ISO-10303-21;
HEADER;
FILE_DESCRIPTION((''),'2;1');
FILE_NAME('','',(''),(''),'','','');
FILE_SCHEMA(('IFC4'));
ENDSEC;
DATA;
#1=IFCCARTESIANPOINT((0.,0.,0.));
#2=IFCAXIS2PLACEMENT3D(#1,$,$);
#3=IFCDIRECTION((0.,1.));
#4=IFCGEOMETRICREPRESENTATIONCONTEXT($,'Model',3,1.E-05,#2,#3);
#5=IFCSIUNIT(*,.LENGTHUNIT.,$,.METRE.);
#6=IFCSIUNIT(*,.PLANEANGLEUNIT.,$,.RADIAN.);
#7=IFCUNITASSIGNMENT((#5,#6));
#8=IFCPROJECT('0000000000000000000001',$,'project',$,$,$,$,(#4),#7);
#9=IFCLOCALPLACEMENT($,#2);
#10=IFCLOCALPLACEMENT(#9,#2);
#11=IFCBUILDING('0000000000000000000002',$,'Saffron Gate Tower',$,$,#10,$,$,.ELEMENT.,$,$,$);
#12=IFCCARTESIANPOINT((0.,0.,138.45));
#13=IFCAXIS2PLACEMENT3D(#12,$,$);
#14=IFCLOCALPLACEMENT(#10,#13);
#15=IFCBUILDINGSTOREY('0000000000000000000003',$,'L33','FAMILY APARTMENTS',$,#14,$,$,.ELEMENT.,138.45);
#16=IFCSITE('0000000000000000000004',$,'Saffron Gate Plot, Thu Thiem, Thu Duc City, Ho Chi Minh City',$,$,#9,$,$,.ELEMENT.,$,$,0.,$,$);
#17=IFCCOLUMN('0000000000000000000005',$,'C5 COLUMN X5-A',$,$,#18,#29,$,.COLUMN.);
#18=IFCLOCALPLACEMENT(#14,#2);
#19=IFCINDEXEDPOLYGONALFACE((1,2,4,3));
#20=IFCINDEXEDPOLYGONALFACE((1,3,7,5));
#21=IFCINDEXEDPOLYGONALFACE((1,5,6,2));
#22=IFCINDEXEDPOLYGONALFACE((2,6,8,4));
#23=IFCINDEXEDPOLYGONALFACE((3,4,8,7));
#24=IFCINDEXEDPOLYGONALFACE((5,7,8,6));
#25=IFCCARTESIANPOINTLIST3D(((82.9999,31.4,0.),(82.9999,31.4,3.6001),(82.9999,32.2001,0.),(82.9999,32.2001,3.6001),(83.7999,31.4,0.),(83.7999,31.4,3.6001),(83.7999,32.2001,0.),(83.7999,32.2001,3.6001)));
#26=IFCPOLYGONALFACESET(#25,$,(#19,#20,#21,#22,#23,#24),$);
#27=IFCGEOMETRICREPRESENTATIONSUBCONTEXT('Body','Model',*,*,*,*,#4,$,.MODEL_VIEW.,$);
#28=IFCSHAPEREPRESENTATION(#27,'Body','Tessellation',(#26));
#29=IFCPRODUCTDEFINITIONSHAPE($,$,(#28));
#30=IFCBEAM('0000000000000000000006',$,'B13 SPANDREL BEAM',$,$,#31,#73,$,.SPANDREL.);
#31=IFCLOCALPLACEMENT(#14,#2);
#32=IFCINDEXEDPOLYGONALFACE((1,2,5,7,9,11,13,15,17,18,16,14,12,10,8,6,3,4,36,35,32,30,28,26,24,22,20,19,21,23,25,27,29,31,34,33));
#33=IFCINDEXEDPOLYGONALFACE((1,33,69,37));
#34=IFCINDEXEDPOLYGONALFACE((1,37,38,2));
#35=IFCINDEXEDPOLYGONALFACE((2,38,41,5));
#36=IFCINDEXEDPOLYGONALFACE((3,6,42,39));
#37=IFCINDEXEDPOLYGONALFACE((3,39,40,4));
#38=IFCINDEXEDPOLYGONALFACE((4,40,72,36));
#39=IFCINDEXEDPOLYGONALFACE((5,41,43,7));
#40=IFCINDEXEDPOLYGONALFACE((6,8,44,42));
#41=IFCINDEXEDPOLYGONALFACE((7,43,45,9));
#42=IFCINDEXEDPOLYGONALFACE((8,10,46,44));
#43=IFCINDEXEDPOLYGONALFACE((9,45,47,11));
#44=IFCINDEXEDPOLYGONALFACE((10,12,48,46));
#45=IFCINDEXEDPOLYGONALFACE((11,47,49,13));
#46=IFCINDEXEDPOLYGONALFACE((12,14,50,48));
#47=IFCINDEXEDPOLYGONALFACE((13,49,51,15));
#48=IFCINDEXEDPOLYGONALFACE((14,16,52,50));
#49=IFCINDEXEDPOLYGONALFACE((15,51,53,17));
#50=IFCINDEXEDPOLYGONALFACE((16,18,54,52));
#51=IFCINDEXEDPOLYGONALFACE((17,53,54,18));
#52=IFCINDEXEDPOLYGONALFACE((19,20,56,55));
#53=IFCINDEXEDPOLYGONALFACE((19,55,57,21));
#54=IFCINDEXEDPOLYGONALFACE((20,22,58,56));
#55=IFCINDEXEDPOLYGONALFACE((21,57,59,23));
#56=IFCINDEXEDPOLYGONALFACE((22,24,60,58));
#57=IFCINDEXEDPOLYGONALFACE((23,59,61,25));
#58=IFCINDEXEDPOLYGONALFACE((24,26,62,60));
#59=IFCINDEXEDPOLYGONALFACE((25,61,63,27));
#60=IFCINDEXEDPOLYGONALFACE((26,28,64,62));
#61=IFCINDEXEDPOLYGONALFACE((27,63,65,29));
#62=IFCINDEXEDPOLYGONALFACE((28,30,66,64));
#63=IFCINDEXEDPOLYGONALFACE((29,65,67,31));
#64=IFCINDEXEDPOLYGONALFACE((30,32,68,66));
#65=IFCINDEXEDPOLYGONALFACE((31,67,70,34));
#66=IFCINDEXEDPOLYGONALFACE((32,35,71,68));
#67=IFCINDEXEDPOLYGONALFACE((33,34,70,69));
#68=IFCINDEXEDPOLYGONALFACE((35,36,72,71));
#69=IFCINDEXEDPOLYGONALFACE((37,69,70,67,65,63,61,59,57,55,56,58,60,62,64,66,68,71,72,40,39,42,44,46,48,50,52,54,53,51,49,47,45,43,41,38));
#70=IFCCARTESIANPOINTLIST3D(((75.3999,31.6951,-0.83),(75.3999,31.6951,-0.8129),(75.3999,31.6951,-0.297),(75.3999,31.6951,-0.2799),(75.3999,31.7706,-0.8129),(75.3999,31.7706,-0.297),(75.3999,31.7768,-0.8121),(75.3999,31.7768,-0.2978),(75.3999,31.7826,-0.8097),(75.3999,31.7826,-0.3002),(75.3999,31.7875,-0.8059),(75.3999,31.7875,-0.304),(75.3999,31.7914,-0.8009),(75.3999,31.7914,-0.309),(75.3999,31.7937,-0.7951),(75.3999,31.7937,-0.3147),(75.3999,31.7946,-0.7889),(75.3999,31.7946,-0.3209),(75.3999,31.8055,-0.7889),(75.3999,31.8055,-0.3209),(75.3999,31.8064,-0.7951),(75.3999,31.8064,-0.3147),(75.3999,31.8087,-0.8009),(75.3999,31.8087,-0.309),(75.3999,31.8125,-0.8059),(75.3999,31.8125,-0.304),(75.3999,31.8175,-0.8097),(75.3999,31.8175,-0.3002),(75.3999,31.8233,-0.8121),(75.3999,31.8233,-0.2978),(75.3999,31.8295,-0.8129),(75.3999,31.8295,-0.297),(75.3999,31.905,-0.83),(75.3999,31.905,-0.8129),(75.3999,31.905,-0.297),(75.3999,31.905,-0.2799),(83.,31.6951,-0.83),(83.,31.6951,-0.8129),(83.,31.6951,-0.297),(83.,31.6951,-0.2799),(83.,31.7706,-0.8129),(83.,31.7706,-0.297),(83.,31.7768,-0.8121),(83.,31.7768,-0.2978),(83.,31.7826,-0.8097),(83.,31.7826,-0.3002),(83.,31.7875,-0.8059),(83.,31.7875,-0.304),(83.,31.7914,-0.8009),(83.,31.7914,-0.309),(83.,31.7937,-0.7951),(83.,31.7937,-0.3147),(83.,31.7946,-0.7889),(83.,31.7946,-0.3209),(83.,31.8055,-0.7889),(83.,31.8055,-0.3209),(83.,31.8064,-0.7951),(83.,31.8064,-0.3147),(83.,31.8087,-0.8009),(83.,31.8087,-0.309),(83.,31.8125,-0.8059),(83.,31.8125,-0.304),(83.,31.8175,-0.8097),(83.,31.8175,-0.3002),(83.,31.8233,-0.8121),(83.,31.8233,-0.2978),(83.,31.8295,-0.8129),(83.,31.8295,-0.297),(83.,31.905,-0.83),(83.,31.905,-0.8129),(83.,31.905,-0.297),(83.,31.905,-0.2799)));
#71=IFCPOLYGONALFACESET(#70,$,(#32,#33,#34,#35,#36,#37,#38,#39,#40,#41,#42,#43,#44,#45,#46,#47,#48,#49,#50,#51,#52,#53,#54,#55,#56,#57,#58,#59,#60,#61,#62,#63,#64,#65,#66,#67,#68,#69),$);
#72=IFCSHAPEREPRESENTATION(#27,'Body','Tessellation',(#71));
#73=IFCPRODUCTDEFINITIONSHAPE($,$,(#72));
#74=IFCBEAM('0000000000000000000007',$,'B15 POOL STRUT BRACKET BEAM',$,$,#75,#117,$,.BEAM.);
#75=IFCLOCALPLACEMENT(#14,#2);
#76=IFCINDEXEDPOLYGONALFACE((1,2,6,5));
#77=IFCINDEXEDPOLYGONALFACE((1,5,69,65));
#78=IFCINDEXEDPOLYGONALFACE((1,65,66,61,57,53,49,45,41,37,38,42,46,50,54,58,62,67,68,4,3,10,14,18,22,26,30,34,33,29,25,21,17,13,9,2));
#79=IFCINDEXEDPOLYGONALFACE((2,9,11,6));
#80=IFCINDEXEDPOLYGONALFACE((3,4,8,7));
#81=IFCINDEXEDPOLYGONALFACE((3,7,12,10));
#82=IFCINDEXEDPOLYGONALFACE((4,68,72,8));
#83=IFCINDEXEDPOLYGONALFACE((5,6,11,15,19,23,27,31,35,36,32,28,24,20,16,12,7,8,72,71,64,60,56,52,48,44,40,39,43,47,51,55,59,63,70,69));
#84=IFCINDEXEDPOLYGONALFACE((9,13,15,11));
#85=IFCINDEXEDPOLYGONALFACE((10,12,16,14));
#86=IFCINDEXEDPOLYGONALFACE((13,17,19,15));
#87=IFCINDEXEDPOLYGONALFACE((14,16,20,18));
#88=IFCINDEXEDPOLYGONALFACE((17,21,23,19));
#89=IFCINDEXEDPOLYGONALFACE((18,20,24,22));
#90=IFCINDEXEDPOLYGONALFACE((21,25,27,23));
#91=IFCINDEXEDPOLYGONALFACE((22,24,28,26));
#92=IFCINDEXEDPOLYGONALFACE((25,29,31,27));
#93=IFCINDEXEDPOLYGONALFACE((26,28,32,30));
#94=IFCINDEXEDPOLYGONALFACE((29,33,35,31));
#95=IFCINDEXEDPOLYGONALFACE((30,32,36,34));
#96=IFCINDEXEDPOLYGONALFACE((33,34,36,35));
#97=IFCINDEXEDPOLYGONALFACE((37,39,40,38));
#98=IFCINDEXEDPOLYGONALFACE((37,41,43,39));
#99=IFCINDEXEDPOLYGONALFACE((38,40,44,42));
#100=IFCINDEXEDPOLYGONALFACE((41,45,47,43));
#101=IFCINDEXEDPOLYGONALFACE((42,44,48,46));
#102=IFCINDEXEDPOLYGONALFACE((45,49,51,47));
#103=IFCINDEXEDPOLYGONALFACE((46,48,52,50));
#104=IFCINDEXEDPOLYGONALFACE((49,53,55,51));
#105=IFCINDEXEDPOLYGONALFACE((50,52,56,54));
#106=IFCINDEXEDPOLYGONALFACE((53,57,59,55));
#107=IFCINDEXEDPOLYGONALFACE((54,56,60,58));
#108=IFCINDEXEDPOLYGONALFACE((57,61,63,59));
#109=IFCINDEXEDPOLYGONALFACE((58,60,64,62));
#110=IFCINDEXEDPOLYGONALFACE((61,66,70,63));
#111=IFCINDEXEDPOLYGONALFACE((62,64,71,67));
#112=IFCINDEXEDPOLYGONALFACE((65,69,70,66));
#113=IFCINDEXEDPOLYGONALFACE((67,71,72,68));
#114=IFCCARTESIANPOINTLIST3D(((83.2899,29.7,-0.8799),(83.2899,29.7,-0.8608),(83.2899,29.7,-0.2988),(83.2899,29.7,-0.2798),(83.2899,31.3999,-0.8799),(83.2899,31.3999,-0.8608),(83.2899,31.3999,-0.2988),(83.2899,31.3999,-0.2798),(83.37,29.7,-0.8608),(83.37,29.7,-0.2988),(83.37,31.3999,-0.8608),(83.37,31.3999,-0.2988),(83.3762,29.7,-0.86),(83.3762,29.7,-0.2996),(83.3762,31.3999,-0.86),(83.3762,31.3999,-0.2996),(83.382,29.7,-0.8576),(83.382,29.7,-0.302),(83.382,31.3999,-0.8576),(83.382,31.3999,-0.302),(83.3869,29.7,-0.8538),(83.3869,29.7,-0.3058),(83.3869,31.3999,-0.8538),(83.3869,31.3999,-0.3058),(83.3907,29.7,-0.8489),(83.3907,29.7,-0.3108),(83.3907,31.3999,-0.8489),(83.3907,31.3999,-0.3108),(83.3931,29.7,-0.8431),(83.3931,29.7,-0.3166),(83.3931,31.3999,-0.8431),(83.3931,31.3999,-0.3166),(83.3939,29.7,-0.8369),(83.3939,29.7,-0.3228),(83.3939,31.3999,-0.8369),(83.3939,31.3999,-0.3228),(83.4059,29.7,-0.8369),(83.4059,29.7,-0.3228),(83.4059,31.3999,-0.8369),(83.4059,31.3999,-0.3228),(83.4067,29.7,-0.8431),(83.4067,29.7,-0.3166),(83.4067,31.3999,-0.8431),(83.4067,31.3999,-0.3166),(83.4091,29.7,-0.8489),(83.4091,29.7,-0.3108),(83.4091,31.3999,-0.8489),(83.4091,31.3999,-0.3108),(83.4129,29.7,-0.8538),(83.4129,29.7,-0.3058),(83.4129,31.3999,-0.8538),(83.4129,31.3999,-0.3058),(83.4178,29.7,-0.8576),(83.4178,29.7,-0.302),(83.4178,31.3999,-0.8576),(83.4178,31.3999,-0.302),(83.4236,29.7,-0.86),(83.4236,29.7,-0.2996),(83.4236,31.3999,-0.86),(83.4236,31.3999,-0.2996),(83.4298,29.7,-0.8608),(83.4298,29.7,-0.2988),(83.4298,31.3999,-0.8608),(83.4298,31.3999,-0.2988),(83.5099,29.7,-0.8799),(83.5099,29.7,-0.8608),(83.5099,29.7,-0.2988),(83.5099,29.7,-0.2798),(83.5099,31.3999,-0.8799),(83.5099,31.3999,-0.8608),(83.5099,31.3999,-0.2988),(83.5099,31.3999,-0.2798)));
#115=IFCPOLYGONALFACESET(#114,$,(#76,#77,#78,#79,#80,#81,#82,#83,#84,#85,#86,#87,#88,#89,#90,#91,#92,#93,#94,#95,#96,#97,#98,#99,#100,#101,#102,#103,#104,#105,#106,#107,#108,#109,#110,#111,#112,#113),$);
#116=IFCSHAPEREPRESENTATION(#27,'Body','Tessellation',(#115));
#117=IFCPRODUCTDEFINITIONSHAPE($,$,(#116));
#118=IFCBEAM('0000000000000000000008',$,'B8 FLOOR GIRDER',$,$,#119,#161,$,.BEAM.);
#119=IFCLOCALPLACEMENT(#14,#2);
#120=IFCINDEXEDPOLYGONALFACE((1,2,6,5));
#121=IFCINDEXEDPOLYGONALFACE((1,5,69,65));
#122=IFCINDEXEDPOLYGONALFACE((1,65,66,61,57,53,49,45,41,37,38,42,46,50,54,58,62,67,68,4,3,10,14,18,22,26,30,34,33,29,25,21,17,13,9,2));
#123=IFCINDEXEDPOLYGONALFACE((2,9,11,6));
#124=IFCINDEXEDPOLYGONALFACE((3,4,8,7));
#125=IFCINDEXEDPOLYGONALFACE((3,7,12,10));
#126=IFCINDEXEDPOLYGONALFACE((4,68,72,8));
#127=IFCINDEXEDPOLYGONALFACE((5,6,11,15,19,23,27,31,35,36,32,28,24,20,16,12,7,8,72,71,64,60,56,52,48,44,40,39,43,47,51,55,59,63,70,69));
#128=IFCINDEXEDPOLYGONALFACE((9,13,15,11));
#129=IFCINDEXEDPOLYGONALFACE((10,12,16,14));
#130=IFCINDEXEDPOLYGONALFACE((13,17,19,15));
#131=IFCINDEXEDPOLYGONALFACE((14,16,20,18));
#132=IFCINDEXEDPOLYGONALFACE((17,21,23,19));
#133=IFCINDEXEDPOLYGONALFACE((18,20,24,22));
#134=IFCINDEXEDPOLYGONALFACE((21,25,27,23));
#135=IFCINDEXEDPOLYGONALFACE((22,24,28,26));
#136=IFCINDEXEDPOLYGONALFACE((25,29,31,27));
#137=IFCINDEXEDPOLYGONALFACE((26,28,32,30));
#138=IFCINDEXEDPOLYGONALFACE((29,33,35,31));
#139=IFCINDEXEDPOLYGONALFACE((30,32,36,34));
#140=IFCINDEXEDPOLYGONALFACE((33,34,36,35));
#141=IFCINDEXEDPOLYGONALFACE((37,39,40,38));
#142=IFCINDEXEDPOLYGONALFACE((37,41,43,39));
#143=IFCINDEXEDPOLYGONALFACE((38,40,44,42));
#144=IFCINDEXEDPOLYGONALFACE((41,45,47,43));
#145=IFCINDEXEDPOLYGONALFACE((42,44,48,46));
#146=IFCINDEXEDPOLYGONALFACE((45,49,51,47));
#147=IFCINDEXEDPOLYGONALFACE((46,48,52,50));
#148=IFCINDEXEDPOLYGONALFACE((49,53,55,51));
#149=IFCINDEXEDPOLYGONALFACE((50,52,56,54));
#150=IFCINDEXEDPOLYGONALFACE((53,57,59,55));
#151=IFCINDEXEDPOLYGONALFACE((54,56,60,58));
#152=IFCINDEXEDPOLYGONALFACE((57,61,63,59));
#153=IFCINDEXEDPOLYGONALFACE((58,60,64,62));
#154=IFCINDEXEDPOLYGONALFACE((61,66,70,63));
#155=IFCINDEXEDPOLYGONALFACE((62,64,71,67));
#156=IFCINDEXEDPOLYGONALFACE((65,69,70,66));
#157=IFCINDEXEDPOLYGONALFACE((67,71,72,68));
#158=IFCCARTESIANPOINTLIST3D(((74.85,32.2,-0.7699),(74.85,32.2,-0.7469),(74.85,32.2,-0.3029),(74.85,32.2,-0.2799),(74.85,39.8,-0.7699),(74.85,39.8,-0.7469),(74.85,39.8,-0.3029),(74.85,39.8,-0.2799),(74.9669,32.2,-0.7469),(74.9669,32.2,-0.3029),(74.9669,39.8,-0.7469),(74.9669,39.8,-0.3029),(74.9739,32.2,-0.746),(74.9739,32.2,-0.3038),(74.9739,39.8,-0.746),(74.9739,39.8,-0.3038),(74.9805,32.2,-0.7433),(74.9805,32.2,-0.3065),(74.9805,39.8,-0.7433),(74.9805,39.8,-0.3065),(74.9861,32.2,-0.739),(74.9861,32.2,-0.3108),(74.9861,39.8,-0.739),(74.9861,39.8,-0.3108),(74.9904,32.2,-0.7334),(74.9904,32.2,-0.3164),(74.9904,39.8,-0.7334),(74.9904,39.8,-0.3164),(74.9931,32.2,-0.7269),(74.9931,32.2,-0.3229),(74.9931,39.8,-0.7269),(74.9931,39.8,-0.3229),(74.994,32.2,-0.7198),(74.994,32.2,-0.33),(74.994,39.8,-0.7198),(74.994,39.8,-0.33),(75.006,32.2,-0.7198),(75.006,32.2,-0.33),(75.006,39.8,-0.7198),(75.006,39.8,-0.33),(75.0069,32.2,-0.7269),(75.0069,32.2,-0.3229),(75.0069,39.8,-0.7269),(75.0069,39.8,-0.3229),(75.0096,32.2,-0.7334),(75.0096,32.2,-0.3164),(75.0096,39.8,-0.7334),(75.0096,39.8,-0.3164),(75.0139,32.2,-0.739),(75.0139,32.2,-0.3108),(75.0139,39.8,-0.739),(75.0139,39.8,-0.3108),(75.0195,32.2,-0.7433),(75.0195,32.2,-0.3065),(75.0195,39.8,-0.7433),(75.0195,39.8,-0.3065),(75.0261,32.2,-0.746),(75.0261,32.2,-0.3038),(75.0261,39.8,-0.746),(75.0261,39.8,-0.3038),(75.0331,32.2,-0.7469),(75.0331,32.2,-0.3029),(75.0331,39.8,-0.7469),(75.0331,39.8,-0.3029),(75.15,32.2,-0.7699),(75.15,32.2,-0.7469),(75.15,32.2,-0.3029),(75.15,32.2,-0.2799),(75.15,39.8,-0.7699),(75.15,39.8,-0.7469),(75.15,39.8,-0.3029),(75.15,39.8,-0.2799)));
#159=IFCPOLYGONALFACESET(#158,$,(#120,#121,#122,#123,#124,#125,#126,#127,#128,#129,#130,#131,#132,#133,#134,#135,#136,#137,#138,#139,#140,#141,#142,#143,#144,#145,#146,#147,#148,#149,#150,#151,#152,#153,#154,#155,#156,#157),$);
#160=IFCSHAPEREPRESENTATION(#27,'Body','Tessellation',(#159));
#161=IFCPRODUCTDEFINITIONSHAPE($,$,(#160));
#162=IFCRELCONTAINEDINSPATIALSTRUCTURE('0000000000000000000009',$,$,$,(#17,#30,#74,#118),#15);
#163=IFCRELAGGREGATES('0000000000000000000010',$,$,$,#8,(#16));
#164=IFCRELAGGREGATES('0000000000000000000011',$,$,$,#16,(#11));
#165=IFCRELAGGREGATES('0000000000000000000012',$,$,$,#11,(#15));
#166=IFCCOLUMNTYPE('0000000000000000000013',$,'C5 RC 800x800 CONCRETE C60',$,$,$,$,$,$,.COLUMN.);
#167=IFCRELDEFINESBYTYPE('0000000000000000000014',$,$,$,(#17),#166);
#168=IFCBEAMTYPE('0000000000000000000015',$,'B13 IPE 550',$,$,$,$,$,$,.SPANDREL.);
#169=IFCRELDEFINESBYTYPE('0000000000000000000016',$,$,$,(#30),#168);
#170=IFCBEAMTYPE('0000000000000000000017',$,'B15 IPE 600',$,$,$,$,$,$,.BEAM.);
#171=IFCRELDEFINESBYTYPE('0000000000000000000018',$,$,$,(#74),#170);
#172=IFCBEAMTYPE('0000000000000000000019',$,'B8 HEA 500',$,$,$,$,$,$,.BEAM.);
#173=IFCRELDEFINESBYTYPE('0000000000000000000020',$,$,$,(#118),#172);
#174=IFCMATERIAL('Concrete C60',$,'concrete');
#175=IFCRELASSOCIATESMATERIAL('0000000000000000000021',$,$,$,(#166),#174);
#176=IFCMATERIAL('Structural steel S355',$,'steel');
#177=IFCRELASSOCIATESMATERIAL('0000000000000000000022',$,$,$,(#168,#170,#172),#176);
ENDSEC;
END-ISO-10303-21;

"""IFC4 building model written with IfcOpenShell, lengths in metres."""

from ifc_helpers import new_model, si_unit, direction, frame, origin, origin_2d, place, context, subcontext, project, spatial, rectangle, i_section, extrude, material, material_profile, profile_set, type_object, element, save


model = new_model("IFC4")

# Units and contexts
model_context = context("Model", 3, precision=1e-05, world=origin(), true_north=direction((0.0, 1.0)))
body_context = subcontext(model_context, "Body", "Model", "MODEL_VIEW")
ifc_project = project(units=[si_unit("LENGTHUNIT", "METRE"), si_unit("PLANEANGLEUNIT", "RADIAN")], contexts=[model_context])

# Site, building, storey
site_placement = place(None, origin())
site = spatial("IfcSite", under=ifc_project, at=site_placement, Name="Saffron Gate Plot, Thu Thiem, Thu Duc City, Ho Chi Minh City", CompositionType="ELEMENT", RefElevation=0.0)
building_placement = place(site_placement, origin())
building = spatial("IfcBuilding", under=site, at=building_placement, Name="Saffron Gate Tower", CompositionType="ELEMENT")
storey_placement = place(building_placement, frame((0.0, 0.0, 138.45)))
storey = spatial("IfcBuildingStorey", under=building, at=storey_placement, Name="L33", Description="FAMILY APARTMENTS", CompositionType="ELEMENT", Elevation=138.45)

# Column
ifc_material_1 = material(Name="Concrete C60", Category="concrete")
ifc_material_profile_1 = material_profile(ifc_material_1, rectangle(XDim=0.8, YDim=0.8, at=origin_2d()))
ifc_profile_set_1 = profile_set([ifc_material_profile_1], Name="Concrete C60")
column_type = type_object("IfcColumnType", Name="C5 RC 800x800 CONCRETE C60", PredefinedType="COLUMN", material=ifc_profile_set_1)
column_placement = place(storey_placement, frame((83.3999, 31.8, 0.0), z_axis=(0.0, 0.0, 1.0), x_axis=(1.0, 0.0, 0.0)))
element("IfcColumn", 1, at=column_placement, inside=storey, type_object=column_type, Name="C5 COLUMN X5-A", PredefinedType="COLUMN", context=body_context, shape_type="SweptSolid", body=[
    extrude(rectangle(XDim=0.8, YDim=0.8, at=origin_2d()), origin(), (0.0, 0.0, 1.0), 3.6001),
])

# Beams
ifc_material_2 = material(Name="Structural steel S355", Category="steel")
ifc_material_profile_2 = material_profile(ifc_material_2, i_section(OverallWidth=0.21, OverallDepth=0.55, WebThickness=0.011, FlangeThickness=0.0171, FilletRadius=0.0239, at=origin_2d()))
ifc_profile_set_2 = profile_set([ifc_material_profile_2], Name="Structural steel S355")
beam_type_1 = type_object("IfcBeamType", Name="B13 IPE 550", PredefinedType="SPANDREL", material=ifc_profile_set_2)
beam_1_placement = place(storey_placement, frame((75.3999, 31.8, -0.5549), z_axis=(1.0, 0.0, 0.0), x_axis=(0.0, 1.0, 0.0)))
element("IfcBeam", 2, at=beam_1_placement, inside=storey, type_object=beam_type_1, Name="B13 SPANDREL BEAM", PredefinedType="SPANDREL", context=body_context, shape_type="SweptSolid", body=[
    extrude(i_section(OverallWidth=0.21, OverallDepth=0.55, WebThickness=0.011, FlangeThickness=0.0171, FilletRadius=0.0239, at=origin_2d()), origin(), (0.0, 0.0, 1.0), 7.6001),
])
ifc_material_profile_3 = material_profile(ifc_material_2, i_section(OverallWidth=0.22, OverallDepth=0.6001, WebThickness=0.012, FlangeThickness=0.019, FilletRadius=0.0239, at=origin_2d()))
ifc_profile_set_3 = profile_set([ifc_material_profile_3], Name="Structural steel S355")
beam_type_2 = type_object("IfcBeamType", Name="B15 IPE 600", PredefinedType="BEAM", material=ifc_profile_set_3)
beam_2_placement = place(storey_placement, frame((83.3999, 29.7, -0.5798), z_axis=(0.0, 1.0, 0.0), x_axis=(-1.0, 0.0, 0.0)))
element("IfcBeam", 3, at=beam_2_placement, inside=storey, type_object=beam_type_2, Name="B15 POOL STRUT BRACKET BEAM", PredefinedType="BEAM", context=body_context, shape_type="SweptSolid", body=[
    extrude(i_section(OverallWidth=0.22, OverallDepth=0.6001, WebThickness=0.012, FlangeThickness=0.019, FilletRadius=0.0239, at=origin_2d()), origin(), (0.0, 0.0, 1.0), 1.7),
])
ifc_material_profile_4 = material_profile(ifc_material_2, i_section(OverallWidth=0.3, OverallDepth=0.49, WebThickness=0.012, FlangeThickness=0.0229, FilletRadius=0.0271, at=origin_2d()))
ifc_profile_set_4 = profile_set([ifc_material_profile_4], Name="Structural steel S355")
beam_type_3 = type_object("IfcBeamType", Name="B8 HEA 500", PredefinedType="BEAM", material=ifc_profile_set_4)
beam_3_placement = place(storey_placement, frame((75.0, 32.2, -0.5249), z_axis=(0.0, 1.0, 0.0), x_axis=(-1.0, 0.0, 0.0)))
element("IfcBeam", 4, at=beam_3_placement, inside=storey, type_object=beam_type_3, Name="B8 FLOOR GIRDER", PredefinedType="BEAM", context=body_context, shape_type="SweptSolid", body=[
    extrude(i_section(OverallWidth=0.3, OverallDepth=0.49, WebThickness=0.012, FlangeThickness=0.0229, FilletRadius=0.0271, at=origin_2d()), origin(), (0.0, 0.0, 1.0), 7.6001),
])

save(model, "model.ifc")
